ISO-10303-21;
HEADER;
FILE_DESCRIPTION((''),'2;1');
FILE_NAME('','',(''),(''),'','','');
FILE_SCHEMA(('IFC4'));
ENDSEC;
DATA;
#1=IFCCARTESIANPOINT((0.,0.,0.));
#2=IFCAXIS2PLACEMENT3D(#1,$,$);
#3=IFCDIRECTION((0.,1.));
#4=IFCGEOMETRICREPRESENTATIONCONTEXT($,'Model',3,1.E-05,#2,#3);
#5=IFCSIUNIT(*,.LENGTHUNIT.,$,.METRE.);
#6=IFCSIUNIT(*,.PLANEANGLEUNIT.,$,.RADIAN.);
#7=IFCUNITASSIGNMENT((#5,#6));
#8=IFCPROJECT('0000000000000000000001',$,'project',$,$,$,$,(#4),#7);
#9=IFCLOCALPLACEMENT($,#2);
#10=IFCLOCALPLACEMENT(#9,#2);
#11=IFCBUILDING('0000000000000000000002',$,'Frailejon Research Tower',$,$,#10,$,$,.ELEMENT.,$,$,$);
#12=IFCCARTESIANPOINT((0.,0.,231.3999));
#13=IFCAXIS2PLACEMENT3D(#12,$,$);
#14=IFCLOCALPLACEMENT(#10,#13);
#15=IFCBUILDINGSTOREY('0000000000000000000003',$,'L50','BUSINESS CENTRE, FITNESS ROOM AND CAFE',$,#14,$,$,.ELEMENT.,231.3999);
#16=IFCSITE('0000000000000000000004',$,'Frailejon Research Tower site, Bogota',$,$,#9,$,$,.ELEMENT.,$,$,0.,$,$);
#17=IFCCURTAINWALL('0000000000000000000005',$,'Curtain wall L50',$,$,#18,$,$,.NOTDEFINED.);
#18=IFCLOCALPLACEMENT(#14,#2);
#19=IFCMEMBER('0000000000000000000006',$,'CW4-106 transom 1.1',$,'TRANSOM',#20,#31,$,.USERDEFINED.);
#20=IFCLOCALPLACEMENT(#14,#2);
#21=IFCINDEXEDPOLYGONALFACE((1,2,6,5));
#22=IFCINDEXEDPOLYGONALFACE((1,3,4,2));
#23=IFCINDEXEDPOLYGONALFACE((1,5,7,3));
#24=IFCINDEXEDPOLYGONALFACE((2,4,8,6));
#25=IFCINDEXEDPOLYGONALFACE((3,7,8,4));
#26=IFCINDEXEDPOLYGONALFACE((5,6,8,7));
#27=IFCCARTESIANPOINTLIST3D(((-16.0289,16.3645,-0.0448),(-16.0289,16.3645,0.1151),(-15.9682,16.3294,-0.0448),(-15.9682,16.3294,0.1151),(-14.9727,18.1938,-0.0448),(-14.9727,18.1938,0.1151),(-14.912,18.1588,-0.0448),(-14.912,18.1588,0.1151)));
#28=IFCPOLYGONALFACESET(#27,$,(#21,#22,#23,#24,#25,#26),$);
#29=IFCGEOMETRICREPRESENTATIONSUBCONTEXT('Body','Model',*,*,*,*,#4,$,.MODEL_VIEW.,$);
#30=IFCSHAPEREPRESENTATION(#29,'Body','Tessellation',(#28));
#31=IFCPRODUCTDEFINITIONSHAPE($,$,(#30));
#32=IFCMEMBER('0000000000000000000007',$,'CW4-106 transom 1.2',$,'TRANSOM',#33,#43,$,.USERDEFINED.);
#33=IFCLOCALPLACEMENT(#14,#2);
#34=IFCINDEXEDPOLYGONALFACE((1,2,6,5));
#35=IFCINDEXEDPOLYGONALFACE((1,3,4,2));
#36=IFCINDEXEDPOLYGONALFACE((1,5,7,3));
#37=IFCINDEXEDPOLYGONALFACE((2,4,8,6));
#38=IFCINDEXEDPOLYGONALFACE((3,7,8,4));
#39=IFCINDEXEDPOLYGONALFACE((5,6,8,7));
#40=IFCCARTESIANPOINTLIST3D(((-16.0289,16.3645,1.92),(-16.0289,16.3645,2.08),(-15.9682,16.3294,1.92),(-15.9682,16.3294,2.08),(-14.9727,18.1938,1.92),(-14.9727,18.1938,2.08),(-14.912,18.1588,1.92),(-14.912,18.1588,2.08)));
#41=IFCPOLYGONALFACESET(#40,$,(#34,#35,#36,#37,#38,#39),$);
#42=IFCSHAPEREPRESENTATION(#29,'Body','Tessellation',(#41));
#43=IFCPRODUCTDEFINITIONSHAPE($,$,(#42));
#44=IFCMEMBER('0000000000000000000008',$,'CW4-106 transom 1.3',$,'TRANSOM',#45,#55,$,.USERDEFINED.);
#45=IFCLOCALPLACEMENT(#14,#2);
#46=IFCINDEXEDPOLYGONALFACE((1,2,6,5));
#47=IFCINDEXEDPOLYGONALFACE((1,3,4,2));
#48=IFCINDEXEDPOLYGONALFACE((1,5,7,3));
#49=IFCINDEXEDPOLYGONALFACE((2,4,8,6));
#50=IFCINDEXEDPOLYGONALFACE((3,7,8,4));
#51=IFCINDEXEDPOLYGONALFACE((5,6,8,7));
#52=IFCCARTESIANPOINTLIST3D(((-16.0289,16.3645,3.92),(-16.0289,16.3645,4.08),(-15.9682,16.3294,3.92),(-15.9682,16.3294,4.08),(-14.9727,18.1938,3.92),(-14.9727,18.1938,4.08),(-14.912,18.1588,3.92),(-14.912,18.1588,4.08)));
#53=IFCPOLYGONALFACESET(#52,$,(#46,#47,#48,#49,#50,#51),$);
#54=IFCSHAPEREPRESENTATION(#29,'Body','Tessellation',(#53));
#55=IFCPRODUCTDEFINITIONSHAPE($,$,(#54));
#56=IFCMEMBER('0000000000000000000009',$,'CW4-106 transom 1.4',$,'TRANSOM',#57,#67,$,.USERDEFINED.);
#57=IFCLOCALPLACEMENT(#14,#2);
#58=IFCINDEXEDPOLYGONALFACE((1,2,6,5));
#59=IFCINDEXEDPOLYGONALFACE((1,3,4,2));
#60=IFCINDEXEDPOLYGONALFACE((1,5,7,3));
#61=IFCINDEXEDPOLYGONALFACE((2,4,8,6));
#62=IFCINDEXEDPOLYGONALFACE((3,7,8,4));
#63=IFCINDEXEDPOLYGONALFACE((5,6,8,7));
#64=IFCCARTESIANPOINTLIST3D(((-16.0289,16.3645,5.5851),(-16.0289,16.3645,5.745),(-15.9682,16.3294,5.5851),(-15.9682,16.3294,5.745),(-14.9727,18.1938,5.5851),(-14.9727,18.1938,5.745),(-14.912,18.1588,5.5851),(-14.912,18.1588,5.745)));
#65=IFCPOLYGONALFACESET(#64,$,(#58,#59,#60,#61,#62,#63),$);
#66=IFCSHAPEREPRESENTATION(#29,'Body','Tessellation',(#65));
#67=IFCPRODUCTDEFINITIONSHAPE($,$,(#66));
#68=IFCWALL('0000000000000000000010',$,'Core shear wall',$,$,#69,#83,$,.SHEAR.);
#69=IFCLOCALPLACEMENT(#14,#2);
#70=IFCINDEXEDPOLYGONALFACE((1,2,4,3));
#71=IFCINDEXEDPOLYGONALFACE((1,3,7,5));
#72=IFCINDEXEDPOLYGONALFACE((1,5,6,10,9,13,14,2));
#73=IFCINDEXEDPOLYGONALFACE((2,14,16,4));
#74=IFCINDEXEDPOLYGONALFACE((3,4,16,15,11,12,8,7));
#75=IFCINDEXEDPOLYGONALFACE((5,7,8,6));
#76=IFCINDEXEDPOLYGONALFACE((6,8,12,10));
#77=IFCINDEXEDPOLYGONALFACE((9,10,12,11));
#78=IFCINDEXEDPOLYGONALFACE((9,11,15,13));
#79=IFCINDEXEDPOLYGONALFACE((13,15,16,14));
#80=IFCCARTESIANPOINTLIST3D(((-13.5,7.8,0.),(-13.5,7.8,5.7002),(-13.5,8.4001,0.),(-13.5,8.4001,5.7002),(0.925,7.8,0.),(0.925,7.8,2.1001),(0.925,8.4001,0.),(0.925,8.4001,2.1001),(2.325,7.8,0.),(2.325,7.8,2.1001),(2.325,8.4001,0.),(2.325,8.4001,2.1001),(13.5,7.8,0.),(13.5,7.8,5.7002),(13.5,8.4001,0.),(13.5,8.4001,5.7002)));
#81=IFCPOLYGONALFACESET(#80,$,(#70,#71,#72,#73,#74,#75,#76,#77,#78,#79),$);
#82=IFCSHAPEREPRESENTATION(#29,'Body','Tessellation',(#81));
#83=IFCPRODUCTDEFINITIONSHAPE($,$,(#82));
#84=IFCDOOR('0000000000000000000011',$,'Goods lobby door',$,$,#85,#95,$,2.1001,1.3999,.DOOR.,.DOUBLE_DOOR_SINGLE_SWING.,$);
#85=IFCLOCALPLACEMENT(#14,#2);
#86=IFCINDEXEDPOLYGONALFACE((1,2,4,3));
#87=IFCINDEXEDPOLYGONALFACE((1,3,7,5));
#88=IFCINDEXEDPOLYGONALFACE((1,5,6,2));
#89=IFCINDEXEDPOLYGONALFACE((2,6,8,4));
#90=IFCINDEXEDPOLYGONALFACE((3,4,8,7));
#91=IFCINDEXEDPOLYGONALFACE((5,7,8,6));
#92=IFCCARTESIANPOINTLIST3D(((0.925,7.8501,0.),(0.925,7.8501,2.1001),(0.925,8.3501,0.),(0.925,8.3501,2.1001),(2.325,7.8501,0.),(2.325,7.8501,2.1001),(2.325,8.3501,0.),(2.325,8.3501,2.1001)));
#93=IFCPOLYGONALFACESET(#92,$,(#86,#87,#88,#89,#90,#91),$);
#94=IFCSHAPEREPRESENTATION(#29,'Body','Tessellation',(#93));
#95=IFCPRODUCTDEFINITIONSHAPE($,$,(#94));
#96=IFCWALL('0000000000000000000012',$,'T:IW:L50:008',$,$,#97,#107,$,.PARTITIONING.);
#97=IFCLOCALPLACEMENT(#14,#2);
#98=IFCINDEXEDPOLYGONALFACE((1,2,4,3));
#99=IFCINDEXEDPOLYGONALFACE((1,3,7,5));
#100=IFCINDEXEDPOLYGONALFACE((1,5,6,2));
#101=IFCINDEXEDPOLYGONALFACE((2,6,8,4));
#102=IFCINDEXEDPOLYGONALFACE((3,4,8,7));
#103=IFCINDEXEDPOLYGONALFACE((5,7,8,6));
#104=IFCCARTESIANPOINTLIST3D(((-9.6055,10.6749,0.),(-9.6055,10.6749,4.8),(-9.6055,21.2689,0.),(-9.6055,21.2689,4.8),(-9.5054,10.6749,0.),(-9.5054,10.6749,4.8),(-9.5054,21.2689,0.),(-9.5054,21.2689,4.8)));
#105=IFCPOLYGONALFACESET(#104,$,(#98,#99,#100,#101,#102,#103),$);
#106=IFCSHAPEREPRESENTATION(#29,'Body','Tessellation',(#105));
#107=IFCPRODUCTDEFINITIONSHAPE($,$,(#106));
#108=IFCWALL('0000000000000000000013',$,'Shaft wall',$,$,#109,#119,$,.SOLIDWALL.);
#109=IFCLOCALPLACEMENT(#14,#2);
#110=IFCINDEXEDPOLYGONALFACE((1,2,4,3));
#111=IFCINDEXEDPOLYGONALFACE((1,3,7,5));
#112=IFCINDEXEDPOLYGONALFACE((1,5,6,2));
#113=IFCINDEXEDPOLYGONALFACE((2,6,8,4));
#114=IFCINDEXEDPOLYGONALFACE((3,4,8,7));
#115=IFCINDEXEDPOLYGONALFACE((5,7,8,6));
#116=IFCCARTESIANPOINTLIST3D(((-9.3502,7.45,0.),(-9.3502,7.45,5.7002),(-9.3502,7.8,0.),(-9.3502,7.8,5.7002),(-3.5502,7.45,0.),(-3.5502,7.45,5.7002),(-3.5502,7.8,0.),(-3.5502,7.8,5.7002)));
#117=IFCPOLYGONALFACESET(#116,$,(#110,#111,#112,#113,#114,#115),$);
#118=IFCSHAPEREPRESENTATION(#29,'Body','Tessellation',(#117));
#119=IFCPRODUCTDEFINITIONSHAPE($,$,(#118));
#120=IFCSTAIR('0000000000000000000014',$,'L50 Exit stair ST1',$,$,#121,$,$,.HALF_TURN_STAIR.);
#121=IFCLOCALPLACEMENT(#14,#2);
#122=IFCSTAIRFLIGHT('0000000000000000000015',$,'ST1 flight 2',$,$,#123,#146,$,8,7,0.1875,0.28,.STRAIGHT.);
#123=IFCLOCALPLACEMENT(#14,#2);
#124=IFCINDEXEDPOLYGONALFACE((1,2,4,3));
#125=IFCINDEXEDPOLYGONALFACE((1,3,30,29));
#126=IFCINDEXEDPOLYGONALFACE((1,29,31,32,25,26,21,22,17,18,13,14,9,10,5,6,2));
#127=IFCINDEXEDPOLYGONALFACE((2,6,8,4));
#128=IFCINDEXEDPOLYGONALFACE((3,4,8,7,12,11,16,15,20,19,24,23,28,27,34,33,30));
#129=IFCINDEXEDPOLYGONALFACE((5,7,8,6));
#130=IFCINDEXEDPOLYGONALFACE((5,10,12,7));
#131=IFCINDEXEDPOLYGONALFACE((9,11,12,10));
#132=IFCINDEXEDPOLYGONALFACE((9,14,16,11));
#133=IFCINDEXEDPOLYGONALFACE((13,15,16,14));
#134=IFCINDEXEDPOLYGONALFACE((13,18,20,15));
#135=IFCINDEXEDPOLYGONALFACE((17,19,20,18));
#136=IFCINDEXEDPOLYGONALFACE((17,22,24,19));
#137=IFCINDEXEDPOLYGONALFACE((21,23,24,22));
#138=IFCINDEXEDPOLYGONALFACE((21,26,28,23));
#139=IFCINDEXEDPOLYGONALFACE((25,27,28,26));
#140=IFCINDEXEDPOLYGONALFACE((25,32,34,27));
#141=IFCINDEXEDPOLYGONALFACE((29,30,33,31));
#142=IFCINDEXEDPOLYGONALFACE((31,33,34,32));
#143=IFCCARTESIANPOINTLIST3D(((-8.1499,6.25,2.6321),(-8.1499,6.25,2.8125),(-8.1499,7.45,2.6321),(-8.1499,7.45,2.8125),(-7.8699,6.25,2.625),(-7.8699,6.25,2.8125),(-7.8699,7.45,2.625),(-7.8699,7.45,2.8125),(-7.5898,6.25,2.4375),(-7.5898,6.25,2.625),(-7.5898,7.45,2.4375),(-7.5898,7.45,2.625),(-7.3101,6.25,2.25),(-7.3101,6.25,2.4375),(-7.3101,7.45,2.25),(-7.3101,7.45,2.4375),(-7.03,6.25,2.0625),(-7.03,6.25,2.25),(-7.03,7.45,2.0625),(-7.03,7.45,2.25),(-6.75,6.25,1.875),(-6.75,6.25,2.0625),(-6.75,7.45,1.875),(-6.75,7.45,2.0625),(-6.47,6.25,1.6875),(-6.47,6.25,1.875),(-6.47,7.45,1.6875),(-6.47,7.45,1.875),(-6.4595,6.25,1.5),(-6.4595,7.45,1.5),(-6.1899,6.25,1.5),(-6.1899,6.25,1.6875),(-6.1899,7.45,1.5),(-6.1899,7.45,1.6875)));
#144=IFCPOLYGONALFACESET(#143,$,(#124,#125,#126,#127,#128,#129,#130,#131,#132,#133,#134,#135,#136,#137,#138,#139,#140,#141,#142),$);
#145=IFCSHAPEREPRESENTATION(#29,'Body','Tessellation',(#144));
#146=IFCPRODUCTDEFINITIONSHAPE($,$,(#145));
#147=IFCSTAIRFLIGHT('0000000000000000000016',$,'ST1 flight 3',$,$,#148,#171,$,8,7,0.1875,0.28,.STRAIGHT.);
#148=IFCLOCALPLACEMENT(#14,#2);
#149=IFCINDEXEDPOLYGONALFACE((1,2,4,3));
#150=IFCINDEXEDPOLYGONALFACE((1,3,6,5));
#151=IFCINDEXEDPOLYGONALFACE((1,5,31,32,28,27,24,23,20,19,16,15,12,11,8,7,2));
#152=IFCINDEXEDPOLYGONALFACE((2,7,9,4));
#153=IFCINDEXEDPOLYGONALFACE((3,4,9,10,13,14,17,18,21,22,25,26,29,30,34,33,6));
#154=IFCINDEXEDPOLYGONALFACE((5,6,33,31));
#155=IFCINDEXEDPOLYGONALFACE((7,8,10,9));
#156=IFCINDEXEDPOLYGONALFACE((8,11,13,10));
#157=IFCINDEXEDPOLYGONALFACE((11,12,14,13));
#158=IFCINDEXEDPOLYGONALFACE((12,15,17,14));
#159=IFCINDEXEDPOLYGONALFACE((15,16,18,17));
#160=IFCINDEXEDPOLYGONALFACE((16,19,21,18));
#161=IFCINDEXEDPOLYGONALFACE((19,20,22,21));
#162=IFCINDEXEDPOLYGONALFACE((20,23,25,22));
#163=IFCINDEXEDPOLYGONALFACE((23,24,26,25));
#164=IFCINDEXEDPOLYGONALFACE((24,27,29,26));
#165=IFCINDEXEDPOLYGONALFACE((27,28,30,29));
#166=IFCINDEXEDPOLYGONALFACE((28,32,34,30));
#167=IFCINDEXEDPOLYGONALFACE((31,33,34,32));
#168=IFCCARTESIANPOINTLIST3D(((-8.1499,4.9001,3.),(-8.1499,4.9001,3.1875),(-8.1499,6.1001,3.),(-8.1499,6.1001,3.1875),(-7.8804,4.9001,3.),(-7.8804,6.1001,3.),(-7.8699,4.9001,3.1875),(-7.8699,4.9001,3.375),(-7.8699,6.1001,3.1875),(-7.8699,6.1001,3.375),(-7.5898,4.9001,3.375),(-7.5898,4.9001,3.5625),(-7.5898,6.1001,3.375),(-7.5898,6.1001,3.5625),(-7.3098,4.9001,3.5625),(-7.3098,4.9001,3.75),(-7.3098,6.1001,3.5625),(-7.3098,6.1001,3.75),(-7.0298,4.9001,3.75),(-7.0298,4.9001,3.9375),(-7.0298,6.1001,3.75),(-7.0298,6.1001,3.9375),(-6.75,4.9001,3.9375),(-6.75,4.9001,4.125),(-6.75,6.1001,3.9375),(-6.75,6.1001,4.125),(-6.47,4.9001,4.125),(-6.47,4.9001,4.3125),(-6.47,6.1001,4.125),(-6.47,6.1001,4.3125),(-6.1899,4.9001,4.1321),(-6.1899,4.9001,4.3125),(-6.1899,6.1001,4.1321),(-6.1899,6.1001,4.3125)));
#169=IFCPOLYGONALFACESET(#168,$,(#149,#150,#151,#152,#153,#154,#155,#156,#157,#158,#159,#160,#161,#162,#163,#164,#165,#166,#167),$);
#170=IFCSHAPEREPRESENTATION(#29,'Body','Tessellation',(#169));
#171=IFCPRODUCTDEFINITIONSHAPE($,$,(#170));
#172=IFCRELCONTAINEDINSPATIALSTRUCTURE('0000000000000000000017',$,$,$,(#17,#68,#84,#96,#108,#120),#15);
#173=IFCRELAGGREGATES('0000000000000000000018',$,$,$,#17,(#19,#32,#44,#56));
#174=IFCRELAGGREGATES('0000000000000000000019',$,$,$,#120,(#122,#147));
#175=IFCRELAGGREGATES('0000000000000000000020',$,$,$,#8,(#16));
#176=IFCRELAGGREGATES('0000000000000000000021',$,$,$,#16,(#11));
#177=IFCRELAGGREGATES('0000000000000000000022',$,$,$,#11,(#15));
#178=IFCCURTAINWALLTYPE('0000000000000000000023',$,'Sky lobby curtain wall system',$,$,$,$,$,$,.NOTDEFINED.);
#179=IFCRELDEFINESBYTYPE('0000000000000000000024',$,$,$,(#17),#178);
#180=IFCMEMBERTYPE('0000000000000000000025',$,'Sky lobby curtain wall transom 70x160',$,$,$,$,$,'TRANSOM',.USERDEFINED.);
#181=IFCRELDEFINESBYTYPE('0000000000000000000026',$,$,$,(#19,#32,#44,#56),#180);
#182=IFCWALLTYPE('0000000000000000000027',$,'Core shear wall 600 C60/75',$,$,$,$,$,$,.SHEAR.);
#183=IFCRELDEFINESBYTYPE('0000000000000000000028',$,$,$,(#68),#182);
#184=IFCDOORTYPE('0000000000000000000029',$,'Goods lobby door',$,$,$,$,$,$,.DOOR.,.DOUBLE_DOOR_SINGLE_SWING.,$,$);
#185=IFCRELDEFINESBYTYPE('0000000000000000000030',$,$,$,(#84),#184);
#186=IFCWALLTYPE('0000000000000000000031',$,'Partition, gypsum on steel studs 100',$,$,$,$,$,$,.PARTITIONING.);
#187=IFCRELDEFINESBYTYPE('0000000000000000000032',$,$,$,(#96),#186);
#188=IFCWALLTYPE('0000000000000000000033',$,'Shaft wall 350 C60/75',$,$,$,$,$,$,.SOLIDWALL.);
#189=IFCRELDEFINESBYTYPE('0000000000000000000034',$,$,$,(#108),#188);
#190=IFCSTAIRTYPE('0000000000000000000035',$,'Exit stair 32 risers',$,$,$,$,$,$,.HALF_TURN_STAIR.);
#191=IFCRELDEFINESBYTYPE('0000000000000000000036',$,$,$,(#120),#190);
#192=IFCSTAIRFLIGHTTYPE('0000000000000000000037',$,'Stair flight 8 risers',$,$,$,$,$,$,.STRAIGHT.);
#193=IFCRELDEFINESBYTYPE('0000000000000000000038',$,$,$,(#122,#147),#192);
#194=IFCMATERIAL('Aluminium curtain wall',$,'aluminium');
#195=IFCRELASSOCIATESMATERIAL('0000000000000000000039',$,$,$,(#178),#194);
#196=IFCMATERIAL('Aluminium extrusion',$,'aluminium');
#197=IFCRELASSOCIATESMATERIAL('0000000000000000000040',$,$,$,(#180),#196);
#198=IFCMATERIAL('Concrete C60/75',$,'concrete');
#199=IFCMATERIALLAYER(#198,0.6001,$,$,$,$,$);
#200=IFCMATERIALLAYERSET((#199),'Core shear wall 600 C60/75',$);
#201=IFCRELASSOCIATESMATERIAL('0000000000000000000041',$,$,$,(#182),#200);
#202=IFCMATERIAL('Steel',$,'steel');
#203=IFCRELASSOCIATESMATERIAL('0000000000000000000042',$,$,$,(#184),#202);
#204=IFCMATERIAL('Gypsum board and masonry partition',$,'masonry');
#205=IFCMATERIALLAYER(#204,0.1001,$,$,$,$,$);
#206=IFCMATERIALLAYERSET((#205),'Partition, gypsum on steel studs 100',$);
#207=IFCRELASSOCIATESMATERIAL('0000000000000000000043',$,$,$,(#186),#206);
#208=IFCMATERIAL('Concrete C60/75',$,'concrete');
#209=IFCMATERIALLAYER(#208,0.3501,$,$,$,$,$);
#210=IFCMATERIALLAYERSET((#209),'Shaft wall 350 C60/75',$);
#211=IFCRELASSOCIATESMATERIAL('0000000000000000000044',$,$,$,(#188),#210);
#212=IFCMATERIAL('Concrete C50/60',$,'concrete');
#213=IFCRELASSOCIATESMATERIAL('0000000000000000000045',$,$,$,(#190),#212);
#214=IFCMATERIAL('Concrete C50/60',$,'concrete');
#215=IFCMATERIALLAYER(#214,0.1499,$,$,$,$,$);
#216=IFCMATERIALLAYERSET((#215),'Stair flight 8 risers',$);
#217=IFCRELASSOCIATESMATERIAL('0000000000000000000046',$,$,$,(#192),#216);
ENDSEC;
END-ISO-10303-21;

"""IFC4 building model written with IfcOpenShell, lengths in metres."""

from ifc_helpers import new_model, si_unit, direction, frame, frame_2d, origin, origin_2d, place, context, subcontext, project, spatial, polyline, rectangle, outline, extrude, material, layer, layer_set, material_profile, profile_set, type_object, element, fill, aggregate, save


model = new_model("IFC4")

# Units and contexts
model_context = context("Model", 3, precision=1e-05, world=origin(), true_north=direction((0.0, 1.0)))
body_context = subcontext(model_context, "Body", "Model", "MODEL_VIEW")
ifc_project = project(units=[si_unit("LENGTHUNIT", "METRE"), si_unit("PLANEANGLEUNIT", "RADIAN")], contexts=[model_context])

# Site, building, storey
site_placement = place(None, origin())
site = spatial("IfcSite", under=ifc_project, at=site_placement, Name="Frailejon Research Tower site, Bogota", CompositionType="ELEMENT", RefElevation=0.0)
building_placement = place(site_placement, origin())
building = spatial("IfcBuilding", under=site, at=building_placement, Name="Frailejon Research Tower", CompositionType="ELEMENT")
storey_placement = place(building_placement, frame((0.0, 0.0, 231.3999)))
storey = spatial("IfcBuildingStorey", under=building, at=storey_placement, Name="L50", Description="BUSINESS CENTRE, FITNESS ROOM AND CAFE", CompositionType="ELEMENT", Elevation=231.3999)

# Curtain wall, members
ifc_material_1 = material(Name="Aluminium curtain wall", Category="aluminium")
curtain_wall_type = type_object("IfcCurtainWallType", Name="Sky lobby curtain wall system", PredefinedType="NOTDEFINED", material=ifc_material_1)
curtain_wall_placement = place(storey_placement, origin())
curtain_wall = element("IfcCurtainWall", 1, at=curtain_wall_placement, inside=storey, type_object=curtain_wall_type, Name="Curtain wall L50", PredefinedType="NOTDEFINED")
ifc_material_2 = material(Name="Aluminium extrusion", Category="aluminium")
ifc_material_profile = material_profile(ifc_material_2, rectangle(XDim=0.0701, YDim=0.1599, at=origin_2d()), Name="Sky lobby curtain wall transom 70x160")
ifc_profile_set = profile_set([ifc_material_profile], Name="Aluminium extrusion")
member_type = type_object("IfcMemberType", Name="Sky lobby curtain wall transom 70x160", ElementType="TRANSOM", PredefinedType="USERDEFINED", material=ifc_profile_set)
member_1_placement = place(storey_placement, frame((-14.9424, 18.1763, 0.0352), z_axis=(-0.499993, -0.86603, 0.0), x_axis=(0.86603, -0.499993, 0.0)))
member_1 = element("IfcMember", 2, at=member_1_placement, type_object=member_type, Name="CW4-106 transom 1.1", ObjectType="TRANSOM", PredefinedType="USERDEFINED", context=body_context, shape_type="SweptSolid", body=[
    extrude(rectangle(XDim=0.0701, YDim=0.1599, at=origin_2d()), origin(), (0.0, 0.0, 1.0), 2.1123),
])
member_2_placement = place(storey_placement, frame((-14.9424, 18.1763, 2.0), z_axis=(-0.499993, -0.86603, 0.0), x_axis=(0.86603, -0.499993, 0.0)))
member_2 = element("IfcMember", 3, at=member_2_placement, type_object=member_type, Name="CW4-106 transom 1.2", ObjectType="TRANSOM", PredefinedType="USERDEFINED", context=body_context, shape_type="SweptSolid", body=[
    extrude(rectangle(XDim=0.0701, YDim=0.1599, at=origin_2d()), origin(), (0.0, 0.0, 1.0), 2.1123),
])
member_3_placement = place(storey_placement, frame((-14.9424, 18.1763, 4.0), z_axis=(-0.499993, -0.86603, 0.0), x_axis=(0.86603, -0.499993, 0.0)))
member_3 = element("IfcMember", 4, at=member_3_placement, type_object=member_type, Name="CW4-106 transom 1.3", ObjectType="TRANSOM", PredefinedType="USERDEFINED", context=body_context, shape_type="SweptSolid", body=[
    extrude(rectangle(XDim=0.0701, YDim=0.1599, at=origin_2d()), origin(), (0.0, 0.0, 1.0), 2.1123),
])
member_4_placement = place(storey_placement, frame((-14.9424, 18.1763, 5.665), z_axis=(-0.499993, -0.86603, 0.0), x_axis=(0.86603, -0.499993, 0.0)))
member_4 = element("IfcMember", 5, at=member_4_placement, type_object=member_type, Name="CW4-106 transom 1.4", ObjectType="TRANSOM", PredefinedType="USERDEFINED", context=body_context, shape_type="SweptSolid", body=[
    extrude(rectangle(XDim=0.0701, YDim=0.1599, at=origin_2d()), origin(), (0.0, 0.0, 1.0), 2.1123),
])
aggregate(curtain_wall, [member_1, member_2, member_3, member_4])

# Wall, opening, door
ifc_material_3 = material(Name="Concrete C60/75", Category="concrete")
ifc_layer_1 = layer(ifc_material_3, 0.6001)
ifc_layer_set_1 = layer_set([ifc_layer_1], Name="Core shear wall 600 C60/75")
wall_type_1 = type_object("IfcWallType", Name="Core shear wall 600 C60/75", PredefinedType="SHEAR", material=ifc_layer_set_1)
wall_1_placement = place(storey_placement, frame((-13.5, 8.1001, 0.0), z_axis=(0.0, 0.0, 1.0), x_axis=(1.0, 0.0, 0.0)))
wall_1 = element("IfcWall", 6, at=wall_1_placement, inside=storey, type_object=wall_type_1, Name="Core shear wall", PredefinedType="SHEAR", context=body_context, shape_type="SweptSolid", body=[
    extrude(rectangle(XDim=27.0, YDim=0.6001, at=frame_2d((13.5, 0.0))), origin(), (0.0, 0.0, 1.0), 5.7002),
])
opening_placement = place(wall_1_placement, frame((14.425, 0.0, 0.0)))
opening = element("IfcOpeningElement", 7, at=opening_placement, cuts=wall_1, PredefinedType="OPENING", context=body_context, shape_type="SweptSolid", body=[
    extrude(rectangle(XDim=1.3999, YDim=2.1001, at=frame_2d((0.7, 1.05))), frame((0.0, 0.3101, 0.0), z_axis=(0.0, -1.0, 0.0), x_axis=(1.0, 0.0, 0.0)), (0.0, 0.0, 1.0), 0.6201),
])
ifc_material_4 = material(Name="Steel", Category="steel")
door_type = type_object("IfcDoorType", Name="Goods lobby door", OperationType="DOUBLE_DOOR_SINGLE_SWING", PredefinedType="DOOR", material=ifc_material_4)
door_placement = place(opening_placement, origin())
door = element("IfcDoor", 8, at=door_placement, inside=storey, type_object=door_type, Name="Goods lobby door", OperationType="DOUBLE_DOOR_SINGLE_SWING", OverallHeight=2.1001, OverallWidth=1.3999, PredefinedType="DOOR", context=body_context, shape_type="SweptSolid", body=[
    extrude(rectangle(XDim=1.3999, YDim=2.1001, at=frame_2d((0.7, 1.05))), frame((0.0, 0.25, 0.0), z_axis=(0.0, -1.0, 0.0), x_axis=(1.0, 0.0, 0.0)), (0.0, 0.0, 1.0), 0.5),
])
fill(opening, door)

# Walls
ifc_material_5 = material(Name="Gypsum board and masonry partition", Category="masonry")
ifc_layer_2 = layer(ifc_material_5, 0.1001)
ifc_layer_set_2 = layer_set([ifc_layer_2], Name="Partition, gypsum on steel studs 100")
wall_type_2 = type_object("IfcWallType", Name="Partition, gypsum on steel studs 100", PredefinedType="PARTITIONING", material=ifc_layer_set_2)
wall_2_placement = place(storey_placement, frame((-9.5554, 10.675, 0.0), z_axis=(0.0, 0.0, 1.0), x_axis=(0.0, 1.0, 0.0)))
element("IfcWall", 9, at=wall_2_placement, inside=storey, type_object=wall_type_2, Name="T:IW:L50:008", PredefinedType="PARTITIONING", context=body_context, shape_type="SweptSolid", body=[
    extrude(rectangle(XDim=10.594, YDim=0.1001, at=frame_2d((5.2969, 0.0))), origin(), (0.0, 0.0, 1.0), 4.8),
])
ifc_material_6 = material(Name="Concrete C60/75", Category="concrete")
ifc_layer_3 = layer(ifc_material_6, 0.3501)
ifc_layer_set_3 = layer_set([ifc_layer_3], Name="Shaft wall 350 C60/75")
wall_type_3 = type_object("IfcWallType", Name="Shaft wall 350 C60/75", PredefinedType="SOLIDWALL", material=ifc_layer_set_3)
wall_3_placement = place(storey_placement, frame((-9.3501, 7.625, 0.0), z_axis=(0.0, 0.0, 1.0), x_axis=(1.0, 0.0, 0.0)))
element("IfcWall", 10, at=wall_3_placement, inside=storey, type_object=wall_type_3, Name="Shaft wall", PredefinedType="SOLIDWALL", context=body_context, shape_type="SweptSolid", body=[
    extrude(rectangle(XDim=5.8, YDim=0.3501, at=frame_2d((2.8999, 0.0))), origin(), (0.0, 0.0, 1.0), 5.7002),
])

# Stair, stair flights
ifc_material_7 = material(Name="Concrete C50/60", Category="concrete")
stair_type = type_object("IfcStairType", Name="Exit stair 32 risers", PredefinedType="HALF_TURN_STAIR", material=ifc_material_7)
stair_placement = place(storey_placement, origin())
stair = element("IfcStair", 11, at=stair_placement, inside=storey, type_object=stair_type, Name="L50 Exit stair ST1", PredefinedType="HALF_TURN_STAIR")
ifc_material_8 = material(Name="Concrete C50/60", Category="concrete")
ifc_layer_4 = layer(ifc_material_8, 0.1499)
ifc_layer_set_4 = layer_set([ifc_layer_4], Name="Stair flight 8 risers")
stair_flight_type = type_object("IfcStairFlightType", Name="Stair flight 8 risers", PredefinedType="STRAIGHT", material=ifc_layer_set_4)
stair_flight_1_placement = place(storey_placement, frame((-6.1899, 6.8501, 1.5), z_axis=(0.0, 0.0, 1.0), x_axis=(-1.0, 0.0, 0.0)))
stair_flight_1 = element("IfcStairFlight", 12, at=stair_flight_1_placement, type_object=stair_flight_type, Name="ST1 flight 2", NumberOfRisers=8, NumberOfTreads=7, PredefinedType="STRAIGHT", RiserHeight=0.1875, TreadLength=0.28, context=body_context, shape_type="SweptSolid", body=[
    extrude(outline(polyline([(0.0, 0.0), (0.0, 0.1875), (0.28, 0.1875), (0.28, 0.375), (0.5601, 0.375), (0.5601, 0.5625), (0.8401, 0.5625), (0.8401, 0.75), (1.1201, 0.75), (1.1201, 0.9375), (1.3999, 0.9375), (1.3999, 1.125), (1.6799, 1.125), (1.6799, 1.3125), (1.96, 1.3125), (1.96, 1.5), (1.96, 1.1321), (0.2695, 0.0), (0.0, 0.0)])), frame((0.0, 0.6001, 0.0), z_axis=(0.0, -1.0, 0.0), x_axis=(1.0, 0.0, 0.0)), (0.0, 0.0, 1.0), 1.2),
])
stair_flight_2_placement = place(storey_placement, frame((-8.1499, 5.5, 3.0), z_axis=(0.0, 0.0, 1.0), x_axis=(1.0, 0.0, 0.0)))
stair_flight_2 = element("IfcStairFlight", 13, at=stair_flight_2_placement, type_object=stair_flight_type, Name="ST1 flight 3", NumberOfRisers=8, NumberOfTreads=7, PredefinedType="STRAIGHT", RiserHeight=0.1875, TreadLength=0.28, context=body_context, shape_type="SweptSolid", body=[
    extrude(outline(polyline([(0.0, 0.0), (0.0, 0.1875), (0.28, 0.1875), (0.28, 0.375), (0.5601, 0.375), (0.5601, 0.5625), (0.8401, 0.5625), (0.8401, 0.75), (1.1201, 0.75), (1.1201, 0.9375), (1.3999, 0.9375), (1.3999, 1.125), (1.6799, 1.125), (1.6799, 1.3125), (1.96, 1.3125), (1.96, 1.5), (1.96, 1.1321), (0.2695, 0.0), (0.0, 0.0)])), frame((0.0, 0.6001, 0.0), z_axis=(0.0, -1.0, 0.0), x_axis=(1.0, 0.0, 0.0)), (0.0, 0.0, 1.0), 1.2),
])
aggregate(stair, [stair_flight_1, stair_flight_2])

save(model, "model.ifc")
